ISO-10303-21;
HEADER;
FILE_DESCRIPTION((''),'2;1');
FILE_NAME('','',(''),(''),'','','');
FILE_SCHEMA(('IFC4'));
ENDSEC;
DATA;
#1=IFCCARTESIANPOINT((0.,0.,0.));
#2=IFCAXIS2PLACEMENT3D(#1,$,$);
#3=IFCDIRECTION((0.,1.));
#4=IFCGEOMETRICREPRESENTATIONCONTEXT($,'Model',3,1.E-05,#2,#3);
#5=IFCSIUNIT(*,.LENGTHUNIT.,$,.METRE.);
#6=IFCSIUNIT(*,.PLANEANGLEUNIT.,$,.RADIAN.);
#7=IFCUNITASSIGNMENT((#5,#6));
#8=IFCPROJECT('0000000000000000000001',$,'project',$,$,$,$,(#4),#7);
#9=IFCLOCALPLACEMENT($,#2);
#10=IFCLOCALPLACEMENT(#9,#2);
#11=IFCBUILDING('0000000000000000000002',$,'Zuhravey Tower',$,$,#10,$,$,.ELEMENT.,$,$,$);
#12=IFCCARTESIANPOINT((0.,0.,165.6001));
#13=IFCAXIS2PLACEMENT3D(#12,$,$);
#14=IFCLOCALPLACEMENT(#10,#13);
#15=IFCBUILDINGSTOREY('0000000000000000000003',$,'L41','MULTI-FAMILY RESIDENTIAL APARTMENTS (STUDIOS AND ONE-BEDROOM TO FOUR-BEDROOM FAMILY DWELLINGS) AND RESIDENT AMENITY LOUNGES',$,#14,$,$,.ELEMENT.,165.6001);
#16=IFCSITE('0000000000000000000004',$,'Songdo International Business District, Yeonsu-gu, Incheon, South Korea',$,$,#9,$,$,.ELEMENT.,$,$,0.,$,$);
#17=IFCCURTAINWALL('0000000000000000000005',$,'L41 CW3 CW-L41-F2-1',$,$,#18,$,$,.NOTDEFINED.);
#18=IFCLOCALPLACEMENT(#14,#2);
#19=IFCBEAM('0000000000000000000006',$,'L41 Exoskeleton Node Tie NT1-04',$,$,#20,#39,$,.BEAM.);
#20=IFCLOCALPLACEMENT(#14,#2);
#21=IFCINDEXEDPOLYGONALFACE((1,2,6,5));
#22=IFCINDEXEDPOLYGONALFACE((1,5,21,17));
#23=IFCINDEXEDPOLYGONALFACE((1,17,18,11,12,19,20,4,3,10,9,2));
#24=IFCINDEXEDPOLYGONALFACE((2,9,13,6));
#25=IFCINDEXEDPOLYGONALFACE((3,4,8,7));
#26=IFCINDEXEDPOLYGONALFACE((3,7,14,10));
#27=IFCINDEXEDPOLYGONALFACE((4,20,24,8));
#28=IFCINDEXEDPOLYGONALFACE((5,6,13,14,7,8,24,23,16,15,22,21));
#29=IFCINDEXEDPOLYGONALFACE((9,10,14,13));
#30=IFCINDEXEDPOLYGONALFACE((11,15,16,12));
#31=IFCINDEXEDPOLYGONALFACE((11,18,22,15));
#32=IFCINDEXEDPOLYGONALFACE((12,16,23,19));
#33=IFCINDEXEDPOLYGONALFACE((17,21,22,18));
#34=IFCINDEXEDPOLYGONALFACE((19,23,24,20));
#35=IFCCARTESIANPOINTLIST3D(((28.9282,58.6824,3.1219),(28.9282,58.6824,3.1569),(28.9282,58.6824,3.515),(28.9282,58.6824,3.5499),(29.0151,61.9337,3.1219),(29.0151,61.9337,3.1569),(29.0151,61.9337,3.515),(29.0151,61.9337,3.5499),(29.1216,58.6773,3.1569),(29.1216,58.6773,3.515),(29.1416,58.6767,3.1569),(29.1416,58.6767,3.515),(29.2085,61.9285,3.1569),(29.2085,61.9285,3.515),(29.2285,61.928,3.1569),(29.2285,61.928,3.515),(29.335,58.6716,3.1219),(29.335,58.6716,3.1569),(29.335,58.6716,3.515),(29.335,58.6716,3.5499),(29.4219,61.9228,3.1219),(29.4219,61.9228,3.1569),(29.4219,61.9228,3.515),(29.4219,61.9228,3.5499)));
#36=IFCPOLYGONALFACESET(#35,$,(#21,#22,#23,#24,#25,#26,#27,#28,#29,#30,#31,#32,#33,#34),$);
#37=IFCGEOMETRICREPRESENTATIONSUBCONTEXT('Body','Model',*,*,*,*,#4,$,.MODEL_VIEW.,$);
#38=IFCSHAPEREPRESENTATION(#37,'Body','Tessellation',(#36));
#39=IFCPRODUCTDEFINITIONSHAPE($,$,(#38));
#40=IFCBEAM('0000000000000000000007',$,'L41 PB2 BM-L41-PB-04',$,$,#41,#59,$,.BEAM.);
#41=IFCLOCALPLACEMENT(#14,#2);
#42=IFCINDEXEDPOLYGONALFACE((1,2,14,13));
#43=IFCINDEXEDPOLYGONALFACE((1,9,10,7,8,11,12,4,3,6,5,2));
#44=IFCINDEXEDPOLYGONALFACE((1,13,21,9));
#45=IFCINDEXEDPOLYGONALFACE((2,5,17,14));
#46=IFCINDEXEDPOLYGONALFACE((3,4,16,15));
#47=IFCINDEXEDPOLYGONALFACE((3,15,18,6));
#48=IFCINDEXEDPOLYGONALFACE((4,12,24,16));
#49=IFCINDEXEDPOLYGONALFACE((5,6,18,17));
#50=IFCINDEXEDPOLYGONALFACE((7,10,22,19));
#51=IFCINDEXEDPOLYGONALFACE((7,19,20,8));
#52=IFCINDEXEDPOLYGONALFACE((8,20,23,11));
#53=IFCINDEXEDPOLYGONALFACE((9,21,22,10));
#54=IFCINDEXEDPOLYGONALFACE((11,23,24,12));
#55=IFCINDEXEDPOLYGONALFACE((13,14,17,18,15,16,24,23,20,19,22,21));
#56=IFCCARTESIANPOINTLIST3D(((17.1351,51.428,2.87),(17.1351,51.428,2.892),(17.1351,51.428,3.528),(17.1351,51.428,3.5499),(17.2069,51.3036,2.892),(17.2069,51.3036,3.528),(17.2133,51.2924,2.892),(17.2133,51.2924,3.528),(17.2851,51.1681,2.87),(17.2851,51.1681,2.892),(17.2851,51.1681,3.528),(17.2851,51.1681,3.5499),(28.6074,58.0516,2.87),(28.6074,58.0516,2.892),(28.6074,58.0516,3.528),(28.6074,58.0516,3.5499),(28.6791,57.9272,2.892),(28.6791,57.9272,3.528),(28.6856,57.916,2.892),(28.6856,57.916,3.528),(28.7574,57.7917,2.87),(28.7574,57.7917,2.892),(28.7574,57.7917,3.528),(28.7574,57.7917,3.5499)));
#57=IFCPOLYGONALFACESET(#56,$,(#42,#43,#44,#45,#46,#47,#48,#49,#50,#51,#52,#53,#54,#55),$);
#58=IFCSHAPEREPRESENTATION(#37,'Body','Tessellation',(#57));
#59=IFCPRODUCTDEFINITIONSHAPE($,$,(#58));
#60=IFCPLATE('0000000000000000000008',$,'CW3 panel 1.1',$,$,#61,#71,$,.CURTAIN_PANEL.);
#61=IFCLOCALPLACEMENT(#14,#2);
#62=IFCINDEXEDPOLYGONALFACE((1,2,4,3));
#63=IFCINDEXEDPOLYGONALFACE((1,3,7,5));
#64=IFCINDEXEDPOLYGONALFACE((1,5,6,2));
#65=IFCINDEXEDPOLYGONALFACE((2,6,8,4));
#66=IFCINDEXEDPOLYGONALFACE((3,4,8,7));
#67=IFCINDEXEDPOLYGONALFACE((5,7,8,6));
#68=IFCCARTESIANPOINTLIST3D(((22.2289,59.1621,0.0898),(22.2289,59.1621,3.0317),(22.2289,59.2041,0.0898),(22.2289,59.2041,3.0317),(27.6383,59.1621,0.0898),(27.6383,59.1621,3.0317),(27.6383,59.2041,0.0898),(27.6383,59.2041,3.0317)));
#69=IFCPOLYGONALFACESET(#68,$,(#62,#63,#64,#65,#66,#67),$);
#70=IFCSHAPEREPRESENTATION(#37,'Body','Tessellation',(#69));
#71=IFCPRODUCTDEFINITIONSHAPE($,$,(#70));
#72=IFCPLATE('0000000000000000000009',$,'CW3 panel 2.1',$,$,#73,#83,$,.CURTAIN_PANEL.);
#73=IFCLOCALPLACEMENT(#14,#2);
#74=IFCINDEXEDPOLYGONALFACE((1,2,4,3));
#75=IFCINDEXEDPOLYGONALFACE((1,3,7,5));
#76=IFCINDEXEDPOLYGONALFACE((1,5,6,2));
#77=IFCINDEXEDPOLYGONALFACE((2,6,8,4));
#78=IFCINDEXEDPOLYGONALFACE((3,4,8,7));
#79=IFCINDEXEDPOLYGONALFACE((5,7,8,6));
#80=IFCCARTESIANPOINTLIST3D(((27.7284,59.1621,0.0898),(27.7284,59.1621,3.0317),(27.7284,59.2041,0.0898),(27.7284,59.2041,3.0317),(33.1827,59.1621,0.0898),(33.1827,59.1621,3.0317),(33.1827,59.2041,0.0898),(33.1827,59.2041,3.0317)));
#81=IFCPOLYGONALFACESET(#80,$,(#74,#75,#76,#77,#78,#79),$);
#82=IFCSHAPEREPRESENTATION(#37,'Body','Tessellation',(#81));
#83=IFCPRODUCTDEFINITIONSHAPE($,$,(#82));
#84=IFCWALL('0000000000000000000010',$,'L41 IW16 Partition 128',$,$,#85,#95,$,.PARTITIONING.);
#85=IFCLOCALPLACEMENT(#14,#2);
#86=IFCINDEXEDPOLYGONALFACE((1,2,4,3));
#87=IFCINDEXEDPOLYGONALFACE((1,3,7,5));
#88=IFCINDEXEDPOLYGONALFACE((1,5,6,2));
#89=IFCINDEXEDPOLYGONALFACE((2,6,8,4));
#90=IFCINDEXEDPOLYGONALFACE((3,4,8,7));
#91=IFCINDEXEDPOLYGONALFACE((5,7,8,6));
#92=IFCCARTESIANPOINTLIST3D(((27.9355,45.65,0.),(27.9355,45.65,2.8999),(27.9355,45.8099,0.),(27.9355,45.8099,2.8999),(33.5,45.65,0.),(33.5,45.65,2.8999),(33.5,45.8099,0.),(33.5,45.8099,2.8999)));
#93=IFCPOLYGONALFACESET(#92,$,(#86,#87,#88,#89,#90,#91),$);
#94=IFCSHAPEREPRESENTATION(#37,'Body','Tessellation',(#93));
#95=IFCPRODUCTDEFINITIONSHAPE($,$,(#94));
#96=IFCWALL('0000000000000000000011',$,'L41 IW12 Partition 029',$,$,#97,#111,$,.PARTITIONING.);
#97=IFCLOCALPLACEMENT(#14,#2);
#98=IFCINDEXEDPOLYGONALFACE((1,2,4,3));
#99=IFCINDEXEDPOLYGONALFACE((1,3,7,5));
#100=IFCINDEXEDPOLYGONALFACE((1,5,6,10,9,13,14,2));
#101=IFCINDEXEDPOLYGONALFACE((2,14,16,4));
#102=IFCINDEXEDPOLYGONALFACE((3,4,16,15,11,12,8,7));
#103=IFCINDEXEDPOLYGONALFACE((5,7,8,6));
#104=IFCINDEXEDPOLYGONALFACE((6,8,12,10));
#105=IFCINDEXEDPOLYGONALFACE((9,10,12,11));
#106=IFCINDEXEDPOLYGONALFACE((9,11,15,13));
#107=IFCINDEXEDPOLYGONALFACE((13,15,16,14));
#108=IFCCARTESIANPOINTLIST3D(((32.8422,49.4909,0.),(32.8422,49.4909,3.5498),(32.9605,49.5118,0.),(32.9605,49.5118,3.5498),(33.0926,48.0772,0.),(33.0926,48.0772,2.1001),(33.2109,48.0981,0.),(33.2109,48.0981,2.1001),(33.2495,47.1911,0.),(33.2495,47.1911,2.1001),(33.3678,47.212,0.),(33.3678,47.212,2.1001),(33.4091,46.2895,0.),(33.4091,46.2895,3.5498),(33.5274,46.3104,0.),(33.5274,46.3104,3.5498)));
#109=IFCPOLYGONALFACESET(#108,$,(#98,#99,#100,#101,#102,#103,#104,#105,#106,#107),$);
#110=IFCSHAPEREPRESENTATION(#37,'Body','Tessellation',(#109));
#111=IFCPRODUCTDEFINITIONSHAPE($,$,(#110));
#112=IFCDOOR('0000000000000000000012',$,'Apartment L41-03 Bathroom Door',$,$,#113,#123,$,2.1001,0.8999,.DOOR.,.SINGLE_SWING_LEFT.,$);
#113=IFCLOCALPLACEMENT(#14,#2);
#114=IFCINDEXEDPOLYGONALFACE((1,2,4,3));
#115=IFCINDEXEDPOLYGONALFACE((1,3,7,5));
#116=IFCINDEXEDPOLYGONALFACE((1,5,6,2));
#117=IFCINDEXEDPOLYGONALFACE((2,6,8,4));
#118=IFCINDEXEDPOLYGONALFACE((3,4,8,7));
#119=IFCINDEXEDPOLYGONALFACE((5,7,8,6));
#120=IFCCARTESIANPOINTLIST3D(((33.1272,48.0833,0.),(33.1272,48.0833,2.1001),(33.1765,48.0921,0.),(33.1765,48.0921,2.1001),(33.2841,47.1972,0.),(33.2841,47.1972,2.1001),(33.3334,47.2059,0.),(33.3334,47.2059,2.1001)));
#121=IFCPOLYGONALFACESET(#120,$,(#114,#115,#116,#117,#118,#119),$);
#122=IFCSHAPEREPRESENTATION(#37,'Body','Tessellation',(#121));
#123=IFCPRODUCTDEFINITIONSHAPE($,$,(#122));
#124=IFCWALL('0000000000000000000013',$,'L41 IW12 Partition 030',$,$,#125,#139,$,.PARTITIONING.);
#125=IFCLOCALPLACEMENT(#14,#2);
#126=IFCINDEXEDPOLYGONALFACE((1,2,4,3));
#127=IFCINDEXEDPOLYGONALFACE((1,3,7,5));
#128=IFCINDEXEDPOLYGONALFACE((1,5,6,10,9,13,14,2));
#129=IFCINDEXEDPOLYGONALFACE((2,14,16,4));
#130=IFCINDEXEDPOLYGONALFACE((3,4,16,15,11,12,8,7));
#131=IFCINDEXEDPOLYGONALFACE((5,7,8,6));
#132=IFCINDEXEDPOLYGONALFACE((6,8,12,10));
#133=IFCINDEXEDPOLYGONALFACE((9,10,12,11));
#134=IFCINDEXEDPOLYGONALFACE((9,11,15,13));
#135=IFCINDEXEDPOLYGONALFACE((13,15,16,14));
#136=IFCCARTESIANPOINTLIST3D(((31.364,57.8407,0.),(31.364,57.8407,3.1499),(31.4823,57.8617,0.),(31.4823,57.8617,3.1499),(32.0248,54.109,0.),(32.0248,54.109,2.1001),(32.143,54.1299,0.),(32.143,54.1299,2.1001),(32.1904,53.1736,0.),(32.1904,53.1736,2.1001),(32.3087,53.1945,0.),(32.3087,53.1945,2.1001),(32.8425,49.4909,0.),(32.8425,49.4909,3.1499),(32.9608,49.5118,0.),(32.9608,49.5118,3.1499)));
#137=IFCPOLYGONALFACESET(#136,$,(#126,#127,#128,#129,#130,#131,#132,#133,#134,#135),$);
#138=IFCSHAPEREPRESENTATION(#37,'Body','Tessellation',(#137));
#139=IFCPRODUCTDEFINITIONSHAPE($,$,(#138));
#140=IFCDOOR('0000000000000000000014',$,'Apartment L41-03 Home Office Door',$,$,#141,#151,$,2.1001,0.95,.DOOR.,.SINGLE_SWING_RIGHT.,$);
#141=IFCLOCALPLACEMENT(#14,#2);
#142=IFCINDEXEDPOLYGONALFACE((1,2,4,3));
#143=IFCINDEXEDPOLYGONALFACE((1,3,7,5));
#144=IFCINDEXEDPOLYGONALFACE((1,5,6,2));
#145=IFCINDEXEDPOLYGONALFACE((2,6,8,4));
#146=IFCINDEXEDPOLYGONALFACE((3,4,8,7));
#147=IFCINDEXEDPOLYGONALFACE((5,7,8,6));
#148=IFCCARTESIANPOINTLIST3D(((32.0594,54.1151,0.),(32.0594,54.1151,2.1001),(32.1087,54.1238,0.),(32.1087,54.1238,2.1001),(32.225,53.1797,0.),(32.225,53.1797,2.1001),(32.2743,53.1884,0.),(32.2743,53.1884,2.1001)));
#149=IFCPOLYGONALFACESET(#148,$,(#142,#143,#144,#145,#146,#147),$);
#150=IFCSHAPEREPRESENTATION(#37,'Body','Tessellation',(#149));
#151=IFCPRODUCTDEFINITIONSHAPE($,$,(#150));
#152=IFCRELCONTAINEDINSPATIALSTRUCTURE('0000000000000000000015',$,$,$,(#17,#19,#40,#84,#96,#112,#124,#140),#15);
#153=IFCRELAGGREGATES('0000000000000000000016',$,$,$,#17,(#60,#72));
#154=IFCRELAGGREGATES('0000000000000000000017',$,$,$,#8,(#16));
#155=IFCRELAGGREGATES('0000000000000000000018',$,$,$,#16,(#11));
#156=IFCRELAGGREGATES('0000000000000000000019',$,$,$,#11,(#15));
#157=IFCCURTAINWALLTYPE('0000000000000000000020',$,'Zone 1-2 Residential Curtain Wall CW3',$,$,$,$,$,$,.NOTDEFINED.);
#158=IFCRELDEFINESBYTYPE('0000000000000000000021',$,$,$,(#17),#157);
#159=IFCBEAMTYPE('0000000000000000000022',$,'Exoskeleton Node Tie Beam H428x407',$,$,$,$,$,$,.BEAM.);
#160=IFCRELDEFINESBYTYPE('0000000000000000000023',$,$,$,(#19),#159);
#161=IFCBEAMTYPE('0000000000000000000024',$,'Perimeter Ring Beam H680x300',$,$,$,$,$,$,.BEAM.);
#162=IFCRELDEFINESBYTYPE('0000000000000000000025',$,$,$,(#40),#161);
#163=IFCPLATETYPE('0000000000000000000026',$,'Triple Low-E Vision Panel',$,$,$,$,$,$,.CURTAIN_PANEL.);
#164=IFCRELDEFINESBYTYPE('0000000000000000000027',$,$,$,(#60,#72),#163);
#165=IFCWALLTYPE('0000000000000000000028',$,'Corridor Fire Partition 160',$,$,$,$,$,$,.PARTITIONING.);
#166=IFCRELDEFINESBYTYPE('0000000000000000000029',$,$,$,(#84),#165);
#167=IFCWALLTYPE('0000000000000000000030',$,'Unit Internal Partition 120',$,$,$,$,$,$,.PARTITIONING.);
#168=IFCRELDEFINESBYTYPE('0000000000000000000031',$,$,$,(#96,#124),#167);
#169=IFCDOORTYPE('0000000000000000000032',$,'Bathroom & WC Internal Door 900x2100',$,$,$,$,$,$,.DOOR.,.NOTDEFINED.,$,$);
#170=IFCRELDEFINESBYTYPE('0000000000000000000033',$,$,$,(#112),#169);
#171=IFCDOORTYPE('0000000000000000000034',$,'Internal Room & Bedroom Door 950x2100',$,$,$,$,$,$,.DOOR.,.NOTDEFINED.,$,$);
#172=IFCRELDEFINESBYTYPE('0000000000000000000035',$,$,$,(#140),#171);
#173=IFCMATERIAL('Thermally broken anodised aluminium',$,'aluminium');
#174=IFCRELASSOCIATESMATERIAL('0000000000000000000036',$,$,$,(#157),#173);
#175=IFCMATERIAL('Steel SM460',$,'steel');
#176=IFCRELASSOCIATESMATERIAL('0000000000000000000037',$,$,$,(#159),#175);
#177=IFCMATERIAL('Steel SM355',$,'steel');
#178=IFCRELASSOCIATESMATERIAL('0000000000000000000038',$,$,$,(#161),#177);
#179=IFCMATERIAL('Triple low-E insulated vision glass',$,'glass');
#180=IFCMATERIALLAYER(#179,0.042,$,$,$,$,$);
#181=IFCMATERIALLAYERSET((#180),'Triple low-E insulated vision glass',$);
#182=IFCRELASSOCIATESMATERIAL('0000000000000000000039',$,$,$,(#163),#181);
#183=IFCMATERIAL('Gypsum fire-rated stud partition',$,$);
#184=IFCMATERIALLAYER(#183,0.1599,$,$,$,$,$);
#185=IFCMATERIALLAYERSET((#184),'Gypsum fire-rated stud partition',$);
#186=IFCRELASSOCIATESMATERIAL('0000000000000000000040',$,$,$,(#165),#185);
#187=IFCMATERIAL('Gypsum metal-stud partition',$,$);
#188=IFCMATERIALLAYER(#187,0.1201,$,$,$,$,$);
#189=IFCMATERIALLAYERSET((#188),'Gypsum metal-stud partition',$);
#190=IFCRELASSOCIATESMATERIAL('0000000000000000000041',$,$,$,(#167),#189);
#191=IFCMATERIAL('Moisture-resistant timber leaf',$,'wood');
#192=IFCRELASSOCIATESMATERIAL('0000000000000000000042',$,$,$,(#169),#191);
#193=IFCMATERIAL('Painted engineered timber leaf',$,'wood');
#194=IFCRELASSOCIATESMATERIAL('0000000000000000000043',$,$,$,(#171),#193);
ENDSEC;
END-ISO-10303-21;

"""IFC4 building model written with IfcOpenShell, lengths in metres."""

from ifc_helpers import new_model, si_unit, direction, frame, frame_2d, origin, origin_2d, place, context, subcontext, project, spatial, rectangle, i_section, extrude, material, layer, layer_set, material_profile, profile_set, type_object, element, fill, aggregate, save


model = new_model("IFC4")

# Units and contexts
model_context = context("Model", 3, precision=1e-05, world=origin(), true_north=direction((0.0, 1.0)))
body_context = subcontext(model_context, "Body", "Model", "MODEL_VIEW")
ifc_project = project(units=[si_unit("LENGTHUNIT", "METRE"), si_unit("PLANEANGLEUNIT", "RADIAN")], contexts=[model_context])

# Site, building, storey
site_placement = place(None, origin())
site = spatial("IfcSite", under=ifc_project, at=site_placement, Name="Songdo International Business District, Yeonsu-gu, Incheon, South Korea", CompositionType="ELEMENT", RefElevation=0.0)
building_placement = place(site_placement, origin())
building = spatial("IfcBuilding", under=site, at=building_placement, Name="Zuhravey Tower", CompositionType="ELEMENT")
storey_placement = place(building_placement, frame((0.0, 0.0, 165.6001)))
storey = spatial("IfcBuildingStorey", under=building, at=storey_placement, Name="L41", Description="MULTI-FAMILY RESIDENTIAL APARTMENTS (STUDIOS AND ONE-BEDROOM TO FOUR-BEDROOM FAMILY DWELLINGS) AND RESIDENT AMENITY LOUNGES", CompositionType="ELEMENT", Elevation=165.6001)

# Curtain wall
ifc_material_1 = material(Name="Thermally broken anodised aluminium", Category="aluminium")
curtain_wall_type = type_object("IfcCurtainWallType", Name="Zone 1-2 Residential Curtain Wall CW3", PredefinedType="NOTDEFINED", material=ifc_material_1)
curtain_wall_placement = place(storey_placement, origin())
curtain_wall = element("IfcCurtainWall", 1, at=curtain_wall_placement, inside=storey, type_object=curtain_wall_type, Name="L41 CW3 CW-L41-F2-1", PredefinedType="NOTDEFINED")

# Beams
ifc_material_2 = material(Name="Steel SM460", Category="steel")
ifc_material_profile_1 = material_profile(ifc_material_2, i_section(OverallWidth=0.407, OverallDepth=0.428, WebThickness=0.02, FlangeThickness=0.0349, at=origin_2d()), Name="H-428x407x20x35")
ifc_profile_set_1 = profile_set([ifc_material_profile_1], Name="Steel SM460")
beam_type_1 = type_object("IfcBeamType", Name="Exoskeleton Node Tie Beam H428x407", PredefinedType="BEAM", material=ifc_profile_set_1)
beam_1_placement = place(storey_placement, frame((29.1316, 58.677, 3.3359), z_axis=(0.026723, 0.999643, 0.0), x_axis=(-0.999643, 0.026723, 0.0)))
element("IfcBeam", 2, at=beam_1_placement, inside=storey, type_object=beam_type_1, Name="L41 Exoskeleton Node Tie NT1-04", PredefinedType="BEAM", context=body_context, shape_type="SweptSolid", body=[
    extrude(i_section(OverallWidth=0.407, OverallDepth=0.428, WebThickness=0.02, FlangeThickness=0.0349, at=origin_2d()), origin(), (0.0, 0.0, 1.0), 3.2524),
])
ifc_material_3 = material(Name="Steel SM355", Category="steel")
ifc_material_profile_2 = material_profile(ifc_material_3, i_section(OverallWidth=0.3, OverallDepth=0.6799, WebThickness=0.0129, FlangeThickness=0.022, at=origin_2d()), Name="H-680x300x13x22")
ifc_profile_set_2 = profile_set([ifc_material_profile_2], Name="Steel SM355")
beam_type_2 = type_object("IfcBeamType", Name="Perimeter Ring Beam H680x300", PredefinedType="BEAM", material=ifc_profile_set_2)
beam_2_placement = place(storey_placement, frame((28.6824, 57.9216, 3.21), z_axis=(-0.866023, -0.500004, 0.0), x_axis=(0.500004, -0.866023, 0.0)))
element("IfcBeam", 3, at=beam_2_placement, inside=storey, type_object=beam_type_2, Name="L41 PB2 BM-L41-PB-04", PredefinedType="BEAM", context=body_context, shape_type="SweptSolid", body=[
    extrude(i_section(OverallWidth=0.3, OverallDepth=0.6799, WebThickness=0.0129, FlangeThickness=0.022, at=origin_2d()), origin(), (0.0, 0.0, 1.0), 13.2471),
])

# Plates
ifc_material_4 = material(Name="Triple low-E insulated vision glass", Category="glass")
ifc_layer_1 = layer(ifc_material_4, 0.042)
ifc_layer_set_1 = layer_set([ifc_layer_1], Name="Triple low-E insulated vision glass")
plate_type = type_object("IfcPlateType", Name="Triple Low-E Vision Panel", PredefinedType="CURTAIN_PANEL", material=ifc_layer_set_1)
plate_1_placement = place(storey_placement, frame((24.9336, 59.1831, 0.0898), z_axis=(0.0, 0.0, 1.0), x_axis=(1.0, 0.0, 0.0)))
plate_1 = element("IfcPlate", 4, at=plate_1_placement, type_object=plate_type, Name="CW3 panel 1.1", PredefinedType="CURTAIN_PANEL", context=body_context, shape_type="SweptSolid", body=[
    extrude(rectangle(XDim=5.4094, YDim=0.042, at=origin_2d()), origin(), (0.0, 0.0, 1.0), 2.9419),
])
plate_2_placement = place(storey_placement, frame((30.4556, 59.1831, 0.0898), z_axis=(0.0, 0.0, 1.0), x_axis=(1.0, 0.0, 0.0)))
plate_2 = element("IfcPlate", 5, at=plate_2_placement, type_object=plate_type, Name="CW3 panel 2.1", PredefinedType="CURTAIN_PANEL", context=body_context, shape_type="SweptSolid", body=[
    extrude(rectangle(XDim=5.4543, YDim=0.042, at=origin_2d()), origin(), (0.0, 0.0, 1.0), 2.9419),
])
aggregate(curtain_wall, [plate_1, plate_2])

# Wall
ifc_material_5 = material(Name="Gypsum fire-rated stud partition")
ifc_layer_2 = layer(ifc_material_5, 0.1599)
ifc_layer_set_2 = layer_set([ifc_layer_2], Name="Gypsum fire-rated stud partition")
wall_type_1 = type_object("IfcWallType", Name="Corridor Fire Partition 160", PredefinedType="PARTITIONING", material=ifc_layer_set_2)
wall_1_placement = place(storey_placement, frame((33.5, 45.73, 0.0), z_axis=(0.0, 0.0, 1.0), x_axis=(-1.0, 0.0, 0.0)))
element("IfcWall", 6, at=wall_1_placement, inside=storey, type_object=wall_type_1, Name="L41 IW16 Partition 128", PredefinedType="PARTITIONING", context=body_context, shape_type="SweptSolid", body=[
    extrude(rectangle(XDim=5.5645, YDim=0.1599, at=frame_2d((2.7822, 0.0))), origin(), (0.0, 0.0, 1.0), 2.8999),
])

# Walls, openings, doors
ifc_material_6 = material(Name="Gypsum metal-stud partition")
ifc_layer_3 = layer(ifc_material_6, 0.1201)
ifc_layer_set_3 = layer_set([ifc_layer_3], Name="Gypsum metal-stud partition")
wall_type_2 = type_object("IfcWallType", Name="Unit Internal Partition 120", PredefinedType="PARTITIONING", material=ifc_layer_set_3)
wall_2_placement = place(storey_placement, frame((33.4683, 46.3, 0.0), z_axis=(0.0, 0.0, 1.0), x_axis=(-0.174364, 0.984681, 0.0)))
wall_2 = element("IfcWall", 7, at=wall_2_placement, inside=storey, type_object=wall_type_2, Name="L41 IW12 Partition 029", PredefinedType="PARTITIONING", context=body_context, shape_type="SweptSolid", body=[
    extrude(rectangle(XDim=3.2512, YDim=0.1201, at=frame_2d((1.6255, 0.0))), origin(), (0.0, 0.0, 1.0), 3.5498),
])
opening_1_placement = place(wall_2_placement, frame((0.9155, 0.0, 0.0)))
opening_1 = element("IfcOpeningElement", 8, at=opening_1_placement, cuts=wall_2, PredefinedType="OPENING", context=body_context, shape_type="SweptSolid", body=[
    extrude(rectangle(XDim=0.8999, YDim=2.1001, at=frame_2d((0.45, 1.05))), frame((0.0, 0.072, 0.0), z_axis=(0.0, -1.0, 0.0), x_axis=(1.0, 0.0, 0.0)), (0.0, 0.0, 1.0), 0.144),
])
ifc_material_7 = material(Name="Moisture-resistant timber leaf", Category="wood")
door_type_1 = type_object("IfcDoorType", Name="Bathroom & WC Internal Door 900x2100", OperationType="NOTDEFINED", PredefinedType="DOOR", material=ifc_material_7)
door_1_placement = place(opening_1_placement, origin())
door_1 = element("IfcDoor", 9, at=door_1_placement, inside=storey, type_object=door_type_1, Name="Apartment L41-03 Bathroom Door", OperationType="SINGLE_SWING_LEFT", OverallHeight=2.1001, OverallWidth=0.8999, PredefinedType="DOOR", context=body_context, shape_type="SweptSolid", body=[
    extrude(rectangle(XDim=0.8999, YDim=2.1001, at=frame_2d((0.45, 1.05))), frame((0.0, 0.0249, 0.0), z_axis=(0.0, -1.0, 0.0), x_axis=(1.0, 0.0, 0.0)), (0.0, 0.0, 1.0), 0.05),
])
fill(opening_1, door_1)
wall_3_placement = place(storey_placement, frame((32.9016, 49.5015, 0.0), z_axis=(0.0, 0.0, 1.0), x_axis=(-0.174359, 0.984682, 0.0)))
wall_3 = element("IfcWall", 10, at=wall_3_placement, inside=storey, type_object=wall_type_2, Name="L41 IW12 Partition 030", PredefinedType="PARTITIONING", context=body_context, shape_type="SweptSolid", body=[
    extrude(rectangle(XDim=8.4797, YDim=0.1201, at=frame_2d((4.2397, 0.0))), origin(), (0.0, 0.0, 1.0), 3.1499),
])
opening_2_placement = place(wall_3_placement, frame((3.7397, 0.0, 0.0)))
opening_2 = element("IfcOpeningElement", 11, at=opening_2_placement, cuts=wall_3, PredefinedType="OPENING", context=body_context, shape_type="SweptSolid", body=[
    extrude(rectangle(XDim=0.95, YDim=2.1001, at=frame_2d((0.4751, 1.05))), frame((0.0, 0.072, 0.0), z_axis=(0.0, -1.0, 0.0), x_axis=(1.0, 0.0, 0.0)), (0.0, 0.0, 1.0), 0.144),
])
ifc_material_8 = material(Name="Painted engineered timber leaf", Category="wood")
door_type_2 = type_object("IfcDoorType", Name="Internal Room & Bedroom Door 950x2100", OperationType="NOTDEFINED", PredefinedType="DOOR", material=ifc_material_8)
door_2_placement = place(opening_2_placement, origin())
door_2 = element("IfcDoor", 12, at=door_2_placement, inside=storey, type_object=door_type_2, Name="Apartment L41-03 Home Office Door", OperationType="SINGLE_SWING_RIGHT", OverallHeight=2.1001, OverallWidth=0.95, PredefinedType="DOOR", context=body_context, shape_type="SweptSolid", body=[
    extrude(rectangle(XDim=0.95, YDim=2.1001, at=frame_2d((0.4751, 1.05))), frame((0.0, 0.0249, 0.0), z_axis=(0.0, -1.0, 0.0), x_axis=(1.0, 0.0, 0.0)), (0.0, 0.0, 1.0), 0.05),
])
fill(opening_2, door_2)

save(model, "model.ifc")
